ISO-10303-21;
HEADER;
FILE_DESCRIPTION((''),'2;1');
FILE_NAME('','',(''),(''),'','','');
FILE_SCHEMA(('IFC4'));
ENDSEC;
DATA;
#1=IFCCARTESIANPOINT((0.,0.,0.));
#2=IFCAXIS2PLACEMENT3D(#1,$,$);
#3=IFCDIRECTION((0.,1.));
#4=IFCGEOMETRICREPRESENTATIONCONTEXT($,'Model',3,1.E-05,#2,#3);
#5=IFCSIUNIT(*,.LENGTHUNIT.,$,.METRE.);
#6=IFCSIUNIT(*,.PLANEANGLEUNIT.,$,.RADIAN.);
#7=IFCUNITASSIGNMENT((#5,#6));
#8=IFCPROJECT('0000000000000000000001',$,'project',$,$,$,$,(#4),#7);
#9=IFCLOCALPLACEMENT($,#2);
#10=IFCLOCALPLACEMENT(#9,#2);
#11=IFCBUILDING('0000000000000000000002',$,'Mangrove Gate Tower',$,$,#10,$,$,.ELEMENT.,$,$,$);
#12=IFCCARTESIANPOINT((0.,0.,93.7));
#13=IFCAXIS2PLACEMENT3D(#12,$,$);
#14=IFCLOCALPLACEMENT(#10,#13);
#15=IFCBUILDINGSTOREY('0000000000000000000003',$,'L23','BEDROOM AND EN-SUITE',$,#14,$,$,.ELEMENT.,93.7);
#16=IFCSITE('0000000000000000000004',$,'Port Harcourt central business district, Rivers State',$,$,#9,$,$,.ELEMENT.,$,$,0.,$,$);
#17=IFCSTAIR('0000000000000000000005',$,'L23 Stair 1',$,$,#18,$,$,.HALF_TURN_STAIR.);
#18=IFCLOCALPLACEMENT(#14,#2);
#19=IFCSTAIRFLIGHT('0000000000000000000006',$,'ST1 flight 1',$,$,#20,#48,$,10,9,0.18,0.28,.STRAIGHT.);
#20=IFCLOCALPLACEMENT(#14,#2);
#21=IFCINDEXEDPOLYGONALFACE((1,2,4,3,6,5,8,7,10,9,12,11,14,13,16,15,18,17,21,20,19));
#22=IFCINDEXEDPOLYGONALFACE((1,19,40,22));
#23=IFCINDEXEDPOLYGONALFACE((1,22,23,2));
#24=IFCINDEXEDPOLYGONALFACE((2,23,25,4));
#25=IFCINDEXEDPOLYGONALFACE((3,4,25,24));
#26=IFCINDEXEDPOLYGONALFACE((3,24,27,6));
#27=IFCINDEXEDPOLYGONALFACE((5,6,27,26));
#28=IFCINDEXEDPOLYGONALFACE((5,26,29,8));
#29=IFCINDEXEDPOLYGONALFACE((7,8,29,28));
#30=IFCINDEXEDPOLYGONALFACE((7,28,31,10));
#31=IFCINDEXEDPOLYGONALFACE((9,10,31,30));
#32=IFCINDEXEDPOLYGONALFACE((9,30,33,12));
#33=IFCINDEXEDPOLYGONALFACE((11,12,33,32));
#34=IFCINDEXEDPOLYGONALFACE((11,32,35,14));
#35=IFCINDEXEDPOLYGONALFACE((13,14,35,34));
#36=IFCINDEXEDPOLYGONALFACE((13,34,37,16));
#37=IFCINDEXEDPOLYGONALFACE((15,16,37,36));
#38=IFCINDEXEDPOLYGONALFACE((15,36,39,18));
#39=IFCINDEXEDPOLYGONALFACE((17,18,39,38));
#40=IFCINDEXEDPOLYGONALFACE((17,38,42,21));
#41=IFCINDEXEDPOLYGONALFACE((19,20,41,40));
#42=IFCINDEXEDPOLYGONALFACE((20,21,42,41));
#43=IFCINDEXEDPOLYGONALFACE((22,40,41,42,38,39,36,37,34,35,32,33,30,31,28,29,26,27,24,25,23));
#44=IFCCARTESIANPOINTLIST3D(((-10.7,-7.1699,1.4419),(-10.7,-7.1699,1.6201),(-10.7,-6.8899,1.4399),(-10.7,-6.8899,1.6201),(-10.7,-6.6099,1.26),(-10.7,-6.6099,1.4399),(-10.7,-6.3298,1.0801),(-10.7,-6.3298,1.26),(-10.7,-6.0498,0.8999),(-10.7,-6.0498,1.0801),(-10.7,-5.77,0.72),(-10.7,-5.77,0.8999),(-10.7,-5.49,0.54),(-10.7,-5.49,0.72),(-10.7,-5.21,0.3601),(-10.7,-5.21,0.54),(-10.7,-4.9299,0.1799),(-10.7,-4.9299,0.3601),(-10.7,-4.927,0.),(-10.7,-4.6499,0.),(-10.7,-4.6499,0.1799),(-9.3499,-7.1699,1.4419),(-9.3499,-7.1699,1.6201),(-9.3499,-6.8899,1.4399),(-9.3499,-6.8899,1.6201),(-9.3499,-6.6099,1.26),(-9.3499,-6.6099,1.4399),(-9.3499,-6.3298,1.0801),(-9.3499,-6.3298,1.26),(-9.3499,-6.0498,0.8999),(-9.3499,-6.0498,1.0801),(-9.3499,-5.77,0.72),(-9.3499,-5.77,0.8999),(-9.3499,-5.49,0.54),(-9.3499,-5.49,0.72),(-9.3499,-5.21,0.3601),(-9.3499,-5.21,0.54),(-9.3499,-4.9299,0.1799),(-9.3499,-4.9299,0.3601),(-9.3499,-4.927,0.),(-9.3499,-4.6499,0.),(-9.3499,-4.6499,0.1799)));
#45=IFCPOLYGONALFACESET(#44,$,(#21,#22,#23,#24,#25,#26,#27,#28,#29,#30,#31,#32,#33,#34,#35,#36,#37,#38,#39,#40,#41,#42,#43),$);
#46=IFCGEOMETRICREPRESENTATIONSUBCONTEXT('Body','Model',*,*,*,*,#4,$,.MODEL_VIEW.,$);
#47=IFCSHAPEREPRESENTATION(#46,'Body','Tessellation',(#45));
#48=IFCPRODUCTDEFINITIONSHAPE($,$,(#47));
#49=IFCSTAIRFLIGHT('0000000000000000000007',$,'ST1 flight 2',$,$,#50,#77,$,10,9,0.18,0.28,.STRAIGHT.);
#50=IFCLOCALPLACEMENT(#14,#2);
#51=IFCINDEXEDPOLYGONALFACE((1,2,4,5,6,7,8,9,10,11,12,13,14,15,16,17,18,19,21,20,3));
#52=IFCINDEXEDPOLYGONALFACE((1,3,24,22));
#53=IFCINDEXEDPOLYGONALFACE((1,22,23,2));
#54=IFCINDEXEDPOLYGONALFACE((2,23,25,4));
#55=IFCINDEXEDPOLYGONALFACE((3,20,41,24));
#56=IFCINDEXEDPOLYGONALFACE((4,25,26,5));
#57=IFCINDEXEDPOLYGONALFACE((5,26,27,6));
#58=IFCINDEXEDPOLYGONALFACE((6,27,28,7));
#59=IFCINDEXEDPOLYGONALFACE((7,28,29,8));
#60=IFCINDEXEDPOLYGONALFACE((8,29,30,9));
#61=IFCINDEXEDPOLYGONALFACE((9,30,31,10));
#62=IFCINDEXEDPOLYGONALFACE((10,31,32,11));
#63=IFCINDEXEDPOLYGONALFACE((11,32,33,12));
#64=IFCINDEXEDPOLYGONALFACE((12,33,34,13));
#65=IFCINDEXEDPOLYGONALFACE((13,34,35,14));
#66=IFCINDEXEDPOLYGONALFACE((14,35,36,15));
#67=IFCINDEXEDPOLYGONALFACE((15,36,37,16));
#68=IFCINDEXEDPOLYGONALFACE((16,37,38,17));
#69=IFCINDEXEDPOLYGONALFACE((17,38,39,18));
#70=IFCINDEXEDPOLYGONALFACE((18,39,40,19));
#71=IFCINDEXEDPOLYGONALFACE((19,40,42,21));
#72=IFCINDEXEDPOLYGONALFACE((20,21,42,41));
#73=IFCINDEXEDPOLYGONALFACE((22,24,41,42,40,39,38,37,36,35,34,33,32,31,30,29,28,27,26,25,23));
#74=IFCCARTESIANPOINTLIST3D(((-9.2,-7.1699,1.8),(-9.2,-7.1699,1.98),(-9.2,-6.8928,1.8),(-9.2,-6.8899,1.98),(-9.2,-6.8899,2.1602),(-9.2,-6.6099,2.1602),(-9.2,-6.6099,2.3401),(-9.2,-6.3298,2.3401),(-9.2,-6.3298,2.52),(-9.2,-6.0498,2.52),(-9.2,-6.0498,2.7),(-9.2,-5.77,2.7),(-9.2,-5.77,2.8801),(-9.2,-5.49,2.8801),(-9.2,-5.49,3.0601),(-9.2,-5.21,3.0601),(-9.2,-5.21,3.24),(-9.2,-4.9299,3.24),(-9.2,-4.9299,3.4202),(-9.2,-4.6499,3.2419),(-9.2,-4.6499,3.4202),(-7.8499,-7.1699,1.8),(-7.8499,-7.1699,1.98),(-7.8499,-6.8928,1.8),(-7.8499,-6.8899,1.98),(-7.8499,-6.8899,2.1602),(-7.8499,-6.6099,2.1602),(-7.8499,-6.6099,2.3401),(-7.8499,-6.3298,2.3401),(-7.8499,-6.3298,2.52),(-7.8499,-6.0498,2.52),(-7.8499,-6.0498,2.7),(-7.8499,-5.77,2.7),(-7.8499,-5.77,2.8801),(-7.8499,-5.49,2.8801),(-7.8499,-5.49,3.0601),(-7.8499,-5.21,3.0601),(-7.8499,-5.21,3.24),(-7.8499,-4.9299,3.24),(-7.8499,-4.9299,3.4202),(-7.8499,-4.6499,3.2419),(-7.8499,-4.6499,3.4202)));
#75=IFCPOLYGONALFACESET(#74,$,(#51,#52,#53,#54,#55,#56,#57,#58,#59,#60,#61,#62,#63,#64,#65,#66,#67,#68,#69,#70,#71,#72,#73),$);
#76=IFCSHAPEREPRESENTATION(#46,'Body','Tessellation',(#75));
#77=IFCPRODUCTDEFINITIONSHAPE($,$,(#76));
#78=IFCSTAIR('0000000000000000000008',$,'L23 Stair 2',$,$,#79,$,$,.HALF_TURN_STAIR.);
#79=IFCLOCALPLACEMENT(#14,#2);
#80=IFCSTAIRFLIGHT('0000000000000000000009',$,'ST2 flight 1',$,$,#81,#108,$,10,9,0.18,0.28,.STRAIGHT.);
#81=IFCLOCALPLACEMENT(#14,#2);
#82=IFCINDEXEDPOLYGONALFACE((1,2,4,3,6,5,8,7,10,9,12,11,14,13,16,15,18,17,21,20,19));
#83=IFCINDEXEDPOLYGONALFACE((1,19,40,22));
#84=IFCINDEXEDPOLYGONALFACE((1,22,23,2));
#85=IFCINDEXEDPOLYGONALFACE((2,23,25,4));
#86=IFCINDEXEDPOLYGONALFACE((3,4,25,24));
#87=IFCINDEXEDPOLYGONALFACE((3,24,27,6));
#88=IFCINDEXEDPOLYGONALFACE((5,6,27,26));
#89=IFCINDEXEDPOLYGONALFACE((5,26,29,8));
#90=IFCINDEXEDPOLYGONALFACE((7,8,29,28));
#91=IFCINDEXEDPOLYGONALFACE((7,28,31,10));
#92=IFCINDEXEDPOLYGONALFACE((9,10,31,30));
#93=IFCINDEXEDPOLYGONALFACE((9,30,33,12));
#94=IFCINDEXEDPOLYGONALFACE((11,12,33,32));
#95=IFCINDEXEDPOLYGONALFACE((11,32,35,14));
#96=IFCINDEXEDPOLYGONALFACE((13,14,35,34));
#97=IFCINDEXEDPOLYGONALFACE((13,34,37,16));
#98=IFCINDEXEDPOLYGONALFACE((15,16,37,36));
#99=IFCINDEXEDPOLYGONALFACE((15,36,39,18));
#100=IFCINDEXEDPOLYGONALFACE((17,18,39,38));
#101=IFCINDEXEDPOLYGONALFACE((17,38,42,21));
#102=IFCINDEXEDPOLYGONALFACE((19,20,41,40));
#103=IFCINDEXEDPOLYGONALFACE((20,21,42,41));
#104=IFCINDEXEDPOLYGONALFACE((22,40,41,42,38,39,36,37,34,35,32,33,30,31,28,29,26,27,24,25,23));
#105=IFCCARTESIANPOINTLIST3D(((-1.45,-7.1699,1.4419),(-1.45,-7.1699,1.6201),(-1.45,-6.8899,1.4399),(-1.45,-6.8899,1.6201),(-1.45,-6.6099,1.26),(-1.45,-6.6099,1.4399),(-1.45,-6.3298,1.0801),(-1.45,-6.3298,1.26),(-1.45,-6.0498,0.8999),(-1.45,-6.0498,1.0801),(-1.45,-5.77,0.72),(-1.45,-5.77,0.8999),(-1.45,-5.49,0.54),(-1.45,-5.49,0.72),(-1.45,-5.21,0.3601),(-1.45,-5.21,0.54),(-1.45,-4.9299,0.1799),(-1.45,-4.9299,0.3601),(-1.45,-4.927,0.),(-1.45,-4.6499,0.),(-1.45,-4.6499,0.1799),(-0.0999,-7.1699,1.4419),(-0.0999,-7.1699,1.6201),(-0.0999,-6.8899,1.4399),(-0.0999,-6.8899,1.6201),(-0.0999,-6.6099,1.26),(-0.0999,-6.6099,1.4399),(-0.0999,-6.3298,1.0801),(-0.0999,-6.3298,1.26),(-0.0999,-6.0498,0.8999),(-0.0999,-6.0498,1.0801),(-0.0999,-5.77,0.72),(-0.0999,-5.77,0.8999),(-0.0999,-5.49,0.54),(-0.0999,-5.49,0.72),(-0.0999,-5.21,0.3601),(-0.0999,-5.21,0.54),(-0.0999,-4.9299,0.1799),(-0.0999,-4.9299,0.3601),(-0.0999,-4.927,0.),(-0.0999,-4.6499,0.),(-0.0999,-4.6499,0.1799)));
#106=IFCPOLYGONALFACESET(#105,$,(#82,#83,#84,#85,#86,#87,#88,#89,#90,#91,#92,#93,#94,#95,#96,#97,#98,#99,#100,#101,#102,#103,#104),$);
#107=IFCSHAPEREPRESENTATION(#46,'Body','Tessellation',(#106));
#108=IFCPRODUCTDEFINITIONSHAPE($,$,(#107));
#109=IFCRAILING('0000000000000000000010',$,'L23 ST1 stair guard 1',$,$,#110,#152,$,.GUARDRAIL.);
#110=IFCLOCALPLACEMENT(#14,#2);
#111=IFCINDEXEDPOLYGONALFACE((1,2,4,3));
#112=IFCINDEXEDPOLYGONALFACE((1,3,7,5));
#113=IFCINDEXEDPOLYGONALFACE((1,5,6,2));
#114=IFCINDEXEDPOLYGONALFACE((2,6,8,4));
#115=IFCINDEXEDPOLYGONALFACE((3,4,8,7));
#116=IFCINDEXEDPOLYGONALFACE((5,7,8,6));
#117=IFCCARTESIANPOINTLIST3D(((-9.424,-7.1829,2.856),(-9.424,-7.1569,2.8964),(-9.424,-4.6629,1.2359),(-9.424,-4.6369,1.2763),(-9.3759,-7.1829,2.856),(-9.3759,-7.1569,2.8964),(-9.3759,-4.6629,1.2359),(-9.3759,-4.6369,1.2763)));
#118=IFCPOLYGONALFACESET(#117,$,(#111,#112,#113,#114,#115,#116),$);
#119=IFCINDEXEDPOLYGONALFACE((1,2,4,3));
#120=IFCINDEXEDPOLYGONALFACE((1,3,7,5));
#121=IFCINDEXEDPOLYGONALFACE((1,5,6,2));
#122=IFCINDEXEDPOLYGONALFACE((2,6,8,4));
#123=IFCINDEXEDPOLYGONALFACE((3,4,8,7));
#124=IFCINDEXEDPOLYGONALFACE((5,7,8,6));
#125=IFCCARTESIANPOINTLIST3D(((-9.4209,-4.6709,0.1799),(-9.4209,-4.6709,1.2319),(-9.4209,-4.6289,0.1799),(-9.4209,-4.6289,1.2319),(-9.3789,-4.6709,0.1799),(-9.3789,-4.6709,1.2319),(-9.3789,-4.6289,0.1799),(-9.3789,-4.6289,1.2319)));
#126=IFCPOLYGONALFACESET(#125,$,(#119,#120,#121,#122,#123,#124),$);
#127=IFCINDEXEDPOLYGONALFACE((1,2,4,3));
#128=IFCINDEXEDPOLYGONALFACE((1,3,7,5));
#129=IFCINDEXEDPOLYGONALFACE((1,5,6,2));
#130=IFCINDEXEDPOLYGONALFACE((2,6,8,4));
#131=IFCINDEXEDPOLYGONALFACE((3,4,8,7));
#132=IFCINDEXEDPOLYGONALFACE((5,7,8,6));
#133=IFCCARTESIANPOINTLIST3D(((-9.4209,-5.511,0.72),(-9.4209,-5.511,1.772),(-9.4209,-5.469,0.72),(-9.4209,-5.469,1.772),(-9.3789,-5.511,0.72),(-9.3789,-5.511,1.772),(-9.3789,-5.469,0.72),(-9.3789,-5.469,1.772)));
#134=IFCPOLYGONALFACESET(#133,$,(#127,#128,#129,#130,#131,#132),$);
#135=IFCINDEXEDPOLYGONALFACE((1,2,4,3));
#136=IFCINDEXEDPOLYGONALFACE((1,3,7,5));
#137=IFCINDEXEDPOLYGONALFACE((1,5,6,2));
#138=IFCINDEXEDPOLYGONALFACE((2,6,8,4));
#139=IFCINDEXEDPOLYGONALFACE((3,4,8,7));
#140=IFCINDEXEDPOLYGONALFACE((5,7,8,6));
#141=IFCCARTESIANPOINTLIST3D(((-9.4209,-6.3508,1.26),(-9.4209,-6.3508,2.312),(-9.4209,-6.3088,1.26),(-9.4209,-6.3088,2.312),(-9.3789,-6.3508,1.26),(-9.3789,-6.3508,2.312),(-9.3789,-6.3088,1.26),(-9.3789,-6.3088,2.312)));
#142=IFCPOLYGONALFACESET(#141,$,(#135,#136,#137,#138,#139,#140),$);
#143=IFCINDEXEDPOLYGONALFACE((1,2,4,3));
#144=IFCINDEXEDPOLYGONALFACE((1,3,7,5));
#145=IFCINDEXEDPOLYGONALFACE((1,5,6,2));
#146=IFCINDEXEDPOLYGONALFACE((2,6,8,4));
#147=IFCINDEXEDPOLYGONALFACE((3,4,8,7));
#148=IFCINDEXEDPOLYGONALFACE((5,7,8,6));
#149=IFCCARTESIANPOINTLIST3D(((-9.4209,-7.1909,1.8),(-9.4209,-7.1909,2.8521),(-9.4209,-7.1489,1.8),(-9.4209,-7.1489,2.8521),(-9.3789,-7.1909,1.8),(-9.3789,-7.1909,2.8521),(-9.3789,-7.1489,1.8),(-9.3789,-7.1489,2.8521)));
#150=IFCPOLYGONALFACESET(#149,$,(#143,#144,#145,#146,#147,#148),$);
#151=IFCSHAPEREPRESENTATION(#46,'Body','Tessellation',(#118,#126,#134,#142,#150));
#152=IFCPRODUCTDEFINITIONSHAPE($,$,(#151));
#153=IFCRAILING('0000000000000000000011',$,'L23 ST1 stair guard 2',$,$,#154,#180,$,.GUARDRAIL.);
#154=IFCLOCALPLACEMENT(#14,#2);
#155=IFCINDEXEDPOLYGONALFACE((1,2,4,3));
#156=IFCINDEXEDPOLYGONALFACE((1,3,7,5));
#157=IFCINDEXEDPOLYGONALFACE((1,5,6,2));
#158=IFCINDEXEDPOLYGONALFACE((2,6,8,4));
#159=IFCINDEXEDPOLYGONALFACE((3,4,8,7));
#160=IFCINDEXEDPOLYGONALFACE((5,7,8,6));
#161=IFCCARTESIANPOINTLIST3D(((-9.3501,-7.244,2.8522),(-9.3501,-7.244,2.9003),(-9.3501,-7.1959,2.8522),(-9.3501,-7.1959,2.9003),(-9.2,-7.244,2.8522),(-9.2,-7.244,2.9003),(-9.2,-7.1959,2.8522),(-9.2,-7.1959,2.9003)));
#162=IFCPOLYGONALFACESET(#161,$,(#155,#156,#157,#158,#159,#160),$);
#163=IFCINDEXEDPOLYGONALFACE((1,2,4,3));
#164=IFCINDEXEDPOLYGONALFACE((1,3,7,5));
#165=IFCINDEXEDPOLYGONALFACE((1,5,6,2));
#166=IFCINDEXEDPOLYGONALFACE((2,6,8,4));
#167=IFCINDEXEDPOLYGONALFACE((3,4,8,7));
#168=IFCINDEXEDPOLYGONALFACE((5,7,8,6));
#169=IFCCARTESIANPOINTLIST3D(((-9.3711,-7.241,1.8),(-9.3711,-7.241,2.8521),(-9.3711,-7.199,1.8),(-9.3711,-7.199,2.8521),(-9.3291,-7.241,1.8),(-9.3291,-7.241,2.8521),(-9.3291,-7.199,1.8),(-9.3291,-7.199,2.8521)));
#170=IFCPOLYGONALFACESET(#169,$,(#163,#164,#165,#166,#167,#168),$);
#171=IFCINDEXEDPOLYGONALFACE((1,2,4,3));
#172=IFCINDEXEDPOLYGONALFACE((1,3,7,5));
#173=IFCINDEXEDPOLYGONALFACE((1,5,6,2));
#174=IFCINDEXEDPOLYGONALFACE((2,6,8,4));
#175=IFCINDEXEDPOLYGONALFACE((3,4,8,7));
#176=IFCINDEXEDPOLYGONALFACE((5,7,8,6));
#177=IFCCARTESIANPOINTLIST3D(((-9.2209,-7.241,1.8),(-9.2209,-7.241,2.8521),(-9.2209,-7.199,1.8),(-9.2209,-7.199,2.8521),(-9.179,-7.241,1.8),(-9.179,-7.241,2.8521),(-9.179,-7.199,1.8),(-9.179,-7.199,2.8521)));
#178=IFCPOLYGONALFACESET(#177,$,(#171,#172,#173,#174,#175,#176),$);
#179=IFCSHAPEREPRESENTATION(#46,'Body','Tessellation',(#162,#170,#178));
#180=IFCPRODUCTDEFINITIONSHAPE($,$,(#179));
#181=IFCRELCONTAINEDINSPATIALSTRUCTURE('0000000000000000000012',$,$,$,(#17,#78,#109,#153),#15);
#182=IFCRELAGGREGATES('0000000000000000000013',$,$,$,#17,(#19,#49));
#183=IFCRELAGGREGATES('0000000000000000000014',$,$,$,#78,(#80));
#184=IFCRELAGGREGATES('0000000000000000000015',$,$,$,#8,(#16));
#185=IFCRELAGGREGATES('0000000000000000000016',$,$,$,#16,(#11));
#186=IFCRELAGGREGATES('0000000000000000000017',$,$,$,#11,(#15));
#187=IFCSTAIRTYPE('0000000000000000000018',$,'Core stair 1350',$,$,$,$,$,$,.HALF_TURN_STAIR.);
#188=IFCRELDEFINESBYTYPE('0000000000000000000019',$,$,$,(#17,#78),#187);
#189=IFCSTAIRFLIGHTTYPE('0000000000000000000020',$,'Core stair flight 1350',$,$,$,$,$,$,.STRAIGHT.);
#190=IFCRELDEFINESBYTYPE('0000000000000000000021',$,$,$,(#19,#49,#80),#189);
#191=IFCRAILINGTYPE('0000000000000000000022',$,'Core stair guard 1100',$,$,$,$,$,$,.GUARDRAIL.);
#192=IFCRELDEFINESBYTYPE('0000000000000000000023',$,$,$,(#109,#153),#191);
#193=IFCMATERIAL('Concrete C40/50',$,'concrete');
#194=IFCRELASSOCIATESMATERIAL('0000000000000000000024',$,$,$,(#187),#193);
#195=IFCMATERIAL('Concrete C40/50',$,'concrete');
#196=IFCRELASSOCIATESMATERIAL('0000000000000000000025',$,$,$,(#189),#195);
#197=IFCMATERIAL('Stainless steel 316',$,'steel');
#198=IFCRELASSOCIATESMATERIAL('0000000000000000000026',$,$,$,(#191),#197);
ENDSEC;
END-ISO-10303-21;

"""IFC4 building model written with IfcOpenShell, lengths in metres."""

from ifc_helpers import new_model, si_unit, direction, frame, origin, origin_2d, place, context, subcontext, project, spatial, polyline, rectangle, outline, extrude, material, type_object, element, aggregate, save


model = new_model("IFC4")

# Units and contexts
model_context = context("Model", 3, precision=1e-05, world=origin(), true_north=direction((0.0, 1.0)))
body_context = subcontext(model_context, "Body", "Model", "MODEL_VIEW")
ifc_project = project(units=[si_unit("LENGTHUNIT", "METRE"), si_unit("PLANEANGLEUNIT", "RADIAN")], contexts=[model_context])

# Site, building, storey
site_placement = place(None, origin())
site = spatial("IfcSite", under=ifc_project, at=site_placement, Name="Port Harcourt central business district, Rivers State", CompositionType="ELEMENT", RefElevation=0.0)
building_placement = place(site_placement, origin())
building = spatial("IfcBuilding", under=site, at=building_placement, Name="Mangrove Gate Tower", CompositionType="ELEMENT")
storey_placement = place(building_placement, frame((0.0, 0.0, 93.7)))
storey = spatial("IfcBuildingStorey", under=building, at=storey_placement, Name="L23", Description="BEDROOM AND EN-SUITE", CompositionType="ELEMENT", Elevation=93.7)

# Stair, stair flights
ifc_material_1 = material(Name="Concrete C40/50", Category="concrete")
stair_type = type_object("IfcStairType", Name="Core stair 1350", PredefinedType="HALF_TURN_STAIR", material=ifc_material_1)
stair_1_placement = place(storey_placement, origin())
stair_1 = element("IfcStair", 1, at=stair_1_placement, inside=storey, type_object=stair_type, Name="L23 Stair 1", PredefinedType="HALF_TURN_STAIR")
ifc_material_2 = material(Name="Concrete C40/50", Category="concrete")
stair_flight_type = type_object("IfcStairFlightType", Name="Core stair flight 1350", PredefinedType="STRAIGHT", material=ifc_material_2)
stair_flight_1_placement = place(storey_placement, frame((-10.0249, -4.6499, 0.0), z_axis=(0.0, 0.0, 1.0), x_axis=(0.0, -1.0, 0.0)))
stair_flight_1 = element("IfcStairFlight", 2, at=stair_flight_1_placement, type_object=stair_flight_type, Name="ST1 flight 1", NumberOfRisers=10, NumberOfTreads=9, PredefinedType="STRAIGHT", RiserHeight=0.18, TreadLength=0.28, context=body_context, shape_type="SweptSolid", body=[
    extrude(outline(polyline([(0.0, 0.0), (0.0, 0.1799), (0.28, 0.1799), (0.28, 0.3601), (0.5601, 0.3601), (0.5601, 0.54), (0.8401, 0.54), (0.8401, 0.72), (1.1201, 0.72), (1.1201, 0.8999), (1.3999, 0.8999), (1.3999, 1.0801), (1.6799, 1.0801), (1.6799, 1.26), (1.96, 1.26), (1.96, 1.4399), (2.24, 1.4399), (2.24, 1.6201), (2.52, 1.6201), (2.52, 1.8), (2.52, 1.4419), (0.2771, 0.0), (0.0, 0.0)])), frame((0.0, 0.675, 0.0), z_axis=(0.0, -1.0, 0.0), x_axis=(1.0, 0.0, 0.0)), (0.0, 0.0, 1.0), 1.3501),
])
stair_flight_2_placement = place(storey_placement, frame((-8.5249, -7.1699, 1.8), z_axis=(0.0, 0.0, 1.0), x_axis=(0.0, 1.0, 0.0)))
stair_flight_2 = element("IfcStairFlight", 3, at=stair_flight_2_placement, type_object=stair_flight_type, Name="ST1 flight 2", NumberOfRisers=10, NumberOfTreads=9, PredefinedType="STRAIGHT", RiserHeight=0.18, TreadLength=0.28, context=body_context, shape_type="SweptSolid", body=[
    extrude(outline(polyline([(0.0, 0.0), (0.0, 0.1799), (0.28, 0.1799), (0.28, 0.3601), (0.5601, 0.3601), (0.5601, 0.54), (0.8401, 0.54), (0.8401, 0.72), (1.1201, 0.72), (1.1201, 0.8999), (1.3999, 0.8999), (1.3999, 1.0801), (1.6799, 1.0801), (1.6799, 1.26), (1.96, 1.26), (1.96, 1.4399), (2.24, 1.4399), (2.24, 1.6201), (2.52, 1.6201), (2.52, 1.8), (2.52, 1.4419), (0.2771, 0.0), (0.0, 0.0)])), frame((0.0, 0.675, 0.0), z_axis=(0.0, -1.0, 0.0), x_axis=(1.0, 0.0, 0.0)), (0.0, 0.0, 1.0), 1.3501),
])
aggregate(stair_1, [stair_flight_1, stair_flight_2])

# Stair, stair flight
stair_2_placement = place(storey_placement, origin())
stair_2 = element("IfcStair", 4, at=stair_2_placement, inside=storey, type_object=stair_type, Name="L23 Stair 2", PredefinedType="HALF_TURN_STAIR")
stair_flight_3_placement = place(storey_placement, frame((-0.7749, -4.6499, 0.0), z_axis=(0.0, 0.0, 1.0), x_axis=(0.0, -1.0, 0.0)))
stair_flight_3 = element("IfcStairFlight", 5, at=stair_flight_3_placement, type_object=stair_flight_type, Name="ST2 flight 1", NumberOfRisers=10, NumberOfTreads=9, PredefinedType="STRAIGHT", RiserHeight=0.18, TreadLength=0.28, context=body_context, shape_type="SweptSolid", body=[
    extrude(outline(polyline([(0.0, 0.0), (0.0, 0.1799), (0.28, 0.1799), (0.28, 0.3601), (0.5601, 0.3601), (0.5601, 0.54), (0.8401, 0.54), (0.8401, 0.72), (1.1201, 0.72), (1.1201, 0.8999), (1.3999, 0.8999), (1.3999, 1.0801), (1.6799, 1.0801), (1.6799, 1.26), (1.96, 1.26), (1.96, 1.4399), (2.24, 1.4399), (2.24, 1.6201), (2.52, 1.6201), (2.52, 1.8), (2.52, 1.4419), (0.2771, 0.0), (0.0, 0.0)])), frame((0.0, 0.675, 0.0), z_axis=(0.0, -1.0, 0.0), x_axis=(1.0, 0.0, 0.0)), (0.0, 0.0, 1.0), 1.3501),
])
aggregate(stair_2, [stair_flight_3])

# Railings
ifc_material_3 = material(Name="Stainless steel 316", Category="steel")
railing_type_1 = type_object("IfcRailingType", Name="Core stair guard 1100", PredefinedType="GUARDRAIL", material=ifc_material_3)
railing_1_placement = place(storey_placement, frame((-9.3999, -4.6499, 0.1799)))
element("IfcRailing", 6, at=railing_1_placement, inside=storey, type_object=railing_type_1, Name="L23 ST1 stair guard 1", PredefinedType="GUARDRAIL", context=body_context, shape_type="SweptSolid", body=[
    extrude(rectangle(XDim=0.0481, YDim=0.0481, at=origin_2d()), frame((0.0, 0.0, 1.0762), z_axis=(0.0, -0.841163, 0.540782), x_axis=(1.0, 0.0, 0.0)), (0.0, 0.0, 1.0), 2.9958),
    extrude(rectangle(XDim=0.042, YDim=0.042, at=origin_2d()), origin(), (0.0, 0.0, 1.0), 1.052),
    extrude(rectangle(XDim=0.042, YDim=0.042, at=origin_2d()), frame((0.0, -0.8401, 0.54)), (0.0, 0.0, 1.0), 1.052),
    extrude(rectangle(XDim=0.042, YDim=0.042, at=origin_2d()), frame((0.0, -1.6799, 1.0801)), (0.0, 0.0, 1.0), 1.052),
    extrude(rectangle(XDim=0.042, YDim=0.042, at=origin_2d()), frame((0.0, -2.52, 1.6201)), (0.0, 0.0, 1.0), 1.052),
])
railing_2_placement = place(storey_placement, frame((-9.3501, -7.22, 1.8)))
element("IfcRailing", 7, at=railing_2_placement, inside=storey, type_object=railing_type_1, Name="L23 ST1 stair guard 2", PredefinedType="GUARDRAIL", context=body_context, shape_type="SweptSolid", body=[
    extrude(rectangle(XDim=0.0481, YDim=0.0481, at=origin_2d()), frame((0.0, 0.0, 1.0762), z_axis=(1.0, 0.0, 0.0), x_axis=(0.0, 1.0, 0.0)), (0.0, 0.0, 1.0), 0.1501),
    extrude(rectangle(XDim=0.042, YDim=0.042, at=origin_2d()), origin(), (0.0, 0.0, 1.0), 1.052),
    extrude(rectangle(XDim=0.042, YDim=0.042, at=origin_2d()), frame((0.1501, 0.0, 0.0)), (0.0, 0.0, 1.0), 1.052),
])

save(model, "model.ifc")
